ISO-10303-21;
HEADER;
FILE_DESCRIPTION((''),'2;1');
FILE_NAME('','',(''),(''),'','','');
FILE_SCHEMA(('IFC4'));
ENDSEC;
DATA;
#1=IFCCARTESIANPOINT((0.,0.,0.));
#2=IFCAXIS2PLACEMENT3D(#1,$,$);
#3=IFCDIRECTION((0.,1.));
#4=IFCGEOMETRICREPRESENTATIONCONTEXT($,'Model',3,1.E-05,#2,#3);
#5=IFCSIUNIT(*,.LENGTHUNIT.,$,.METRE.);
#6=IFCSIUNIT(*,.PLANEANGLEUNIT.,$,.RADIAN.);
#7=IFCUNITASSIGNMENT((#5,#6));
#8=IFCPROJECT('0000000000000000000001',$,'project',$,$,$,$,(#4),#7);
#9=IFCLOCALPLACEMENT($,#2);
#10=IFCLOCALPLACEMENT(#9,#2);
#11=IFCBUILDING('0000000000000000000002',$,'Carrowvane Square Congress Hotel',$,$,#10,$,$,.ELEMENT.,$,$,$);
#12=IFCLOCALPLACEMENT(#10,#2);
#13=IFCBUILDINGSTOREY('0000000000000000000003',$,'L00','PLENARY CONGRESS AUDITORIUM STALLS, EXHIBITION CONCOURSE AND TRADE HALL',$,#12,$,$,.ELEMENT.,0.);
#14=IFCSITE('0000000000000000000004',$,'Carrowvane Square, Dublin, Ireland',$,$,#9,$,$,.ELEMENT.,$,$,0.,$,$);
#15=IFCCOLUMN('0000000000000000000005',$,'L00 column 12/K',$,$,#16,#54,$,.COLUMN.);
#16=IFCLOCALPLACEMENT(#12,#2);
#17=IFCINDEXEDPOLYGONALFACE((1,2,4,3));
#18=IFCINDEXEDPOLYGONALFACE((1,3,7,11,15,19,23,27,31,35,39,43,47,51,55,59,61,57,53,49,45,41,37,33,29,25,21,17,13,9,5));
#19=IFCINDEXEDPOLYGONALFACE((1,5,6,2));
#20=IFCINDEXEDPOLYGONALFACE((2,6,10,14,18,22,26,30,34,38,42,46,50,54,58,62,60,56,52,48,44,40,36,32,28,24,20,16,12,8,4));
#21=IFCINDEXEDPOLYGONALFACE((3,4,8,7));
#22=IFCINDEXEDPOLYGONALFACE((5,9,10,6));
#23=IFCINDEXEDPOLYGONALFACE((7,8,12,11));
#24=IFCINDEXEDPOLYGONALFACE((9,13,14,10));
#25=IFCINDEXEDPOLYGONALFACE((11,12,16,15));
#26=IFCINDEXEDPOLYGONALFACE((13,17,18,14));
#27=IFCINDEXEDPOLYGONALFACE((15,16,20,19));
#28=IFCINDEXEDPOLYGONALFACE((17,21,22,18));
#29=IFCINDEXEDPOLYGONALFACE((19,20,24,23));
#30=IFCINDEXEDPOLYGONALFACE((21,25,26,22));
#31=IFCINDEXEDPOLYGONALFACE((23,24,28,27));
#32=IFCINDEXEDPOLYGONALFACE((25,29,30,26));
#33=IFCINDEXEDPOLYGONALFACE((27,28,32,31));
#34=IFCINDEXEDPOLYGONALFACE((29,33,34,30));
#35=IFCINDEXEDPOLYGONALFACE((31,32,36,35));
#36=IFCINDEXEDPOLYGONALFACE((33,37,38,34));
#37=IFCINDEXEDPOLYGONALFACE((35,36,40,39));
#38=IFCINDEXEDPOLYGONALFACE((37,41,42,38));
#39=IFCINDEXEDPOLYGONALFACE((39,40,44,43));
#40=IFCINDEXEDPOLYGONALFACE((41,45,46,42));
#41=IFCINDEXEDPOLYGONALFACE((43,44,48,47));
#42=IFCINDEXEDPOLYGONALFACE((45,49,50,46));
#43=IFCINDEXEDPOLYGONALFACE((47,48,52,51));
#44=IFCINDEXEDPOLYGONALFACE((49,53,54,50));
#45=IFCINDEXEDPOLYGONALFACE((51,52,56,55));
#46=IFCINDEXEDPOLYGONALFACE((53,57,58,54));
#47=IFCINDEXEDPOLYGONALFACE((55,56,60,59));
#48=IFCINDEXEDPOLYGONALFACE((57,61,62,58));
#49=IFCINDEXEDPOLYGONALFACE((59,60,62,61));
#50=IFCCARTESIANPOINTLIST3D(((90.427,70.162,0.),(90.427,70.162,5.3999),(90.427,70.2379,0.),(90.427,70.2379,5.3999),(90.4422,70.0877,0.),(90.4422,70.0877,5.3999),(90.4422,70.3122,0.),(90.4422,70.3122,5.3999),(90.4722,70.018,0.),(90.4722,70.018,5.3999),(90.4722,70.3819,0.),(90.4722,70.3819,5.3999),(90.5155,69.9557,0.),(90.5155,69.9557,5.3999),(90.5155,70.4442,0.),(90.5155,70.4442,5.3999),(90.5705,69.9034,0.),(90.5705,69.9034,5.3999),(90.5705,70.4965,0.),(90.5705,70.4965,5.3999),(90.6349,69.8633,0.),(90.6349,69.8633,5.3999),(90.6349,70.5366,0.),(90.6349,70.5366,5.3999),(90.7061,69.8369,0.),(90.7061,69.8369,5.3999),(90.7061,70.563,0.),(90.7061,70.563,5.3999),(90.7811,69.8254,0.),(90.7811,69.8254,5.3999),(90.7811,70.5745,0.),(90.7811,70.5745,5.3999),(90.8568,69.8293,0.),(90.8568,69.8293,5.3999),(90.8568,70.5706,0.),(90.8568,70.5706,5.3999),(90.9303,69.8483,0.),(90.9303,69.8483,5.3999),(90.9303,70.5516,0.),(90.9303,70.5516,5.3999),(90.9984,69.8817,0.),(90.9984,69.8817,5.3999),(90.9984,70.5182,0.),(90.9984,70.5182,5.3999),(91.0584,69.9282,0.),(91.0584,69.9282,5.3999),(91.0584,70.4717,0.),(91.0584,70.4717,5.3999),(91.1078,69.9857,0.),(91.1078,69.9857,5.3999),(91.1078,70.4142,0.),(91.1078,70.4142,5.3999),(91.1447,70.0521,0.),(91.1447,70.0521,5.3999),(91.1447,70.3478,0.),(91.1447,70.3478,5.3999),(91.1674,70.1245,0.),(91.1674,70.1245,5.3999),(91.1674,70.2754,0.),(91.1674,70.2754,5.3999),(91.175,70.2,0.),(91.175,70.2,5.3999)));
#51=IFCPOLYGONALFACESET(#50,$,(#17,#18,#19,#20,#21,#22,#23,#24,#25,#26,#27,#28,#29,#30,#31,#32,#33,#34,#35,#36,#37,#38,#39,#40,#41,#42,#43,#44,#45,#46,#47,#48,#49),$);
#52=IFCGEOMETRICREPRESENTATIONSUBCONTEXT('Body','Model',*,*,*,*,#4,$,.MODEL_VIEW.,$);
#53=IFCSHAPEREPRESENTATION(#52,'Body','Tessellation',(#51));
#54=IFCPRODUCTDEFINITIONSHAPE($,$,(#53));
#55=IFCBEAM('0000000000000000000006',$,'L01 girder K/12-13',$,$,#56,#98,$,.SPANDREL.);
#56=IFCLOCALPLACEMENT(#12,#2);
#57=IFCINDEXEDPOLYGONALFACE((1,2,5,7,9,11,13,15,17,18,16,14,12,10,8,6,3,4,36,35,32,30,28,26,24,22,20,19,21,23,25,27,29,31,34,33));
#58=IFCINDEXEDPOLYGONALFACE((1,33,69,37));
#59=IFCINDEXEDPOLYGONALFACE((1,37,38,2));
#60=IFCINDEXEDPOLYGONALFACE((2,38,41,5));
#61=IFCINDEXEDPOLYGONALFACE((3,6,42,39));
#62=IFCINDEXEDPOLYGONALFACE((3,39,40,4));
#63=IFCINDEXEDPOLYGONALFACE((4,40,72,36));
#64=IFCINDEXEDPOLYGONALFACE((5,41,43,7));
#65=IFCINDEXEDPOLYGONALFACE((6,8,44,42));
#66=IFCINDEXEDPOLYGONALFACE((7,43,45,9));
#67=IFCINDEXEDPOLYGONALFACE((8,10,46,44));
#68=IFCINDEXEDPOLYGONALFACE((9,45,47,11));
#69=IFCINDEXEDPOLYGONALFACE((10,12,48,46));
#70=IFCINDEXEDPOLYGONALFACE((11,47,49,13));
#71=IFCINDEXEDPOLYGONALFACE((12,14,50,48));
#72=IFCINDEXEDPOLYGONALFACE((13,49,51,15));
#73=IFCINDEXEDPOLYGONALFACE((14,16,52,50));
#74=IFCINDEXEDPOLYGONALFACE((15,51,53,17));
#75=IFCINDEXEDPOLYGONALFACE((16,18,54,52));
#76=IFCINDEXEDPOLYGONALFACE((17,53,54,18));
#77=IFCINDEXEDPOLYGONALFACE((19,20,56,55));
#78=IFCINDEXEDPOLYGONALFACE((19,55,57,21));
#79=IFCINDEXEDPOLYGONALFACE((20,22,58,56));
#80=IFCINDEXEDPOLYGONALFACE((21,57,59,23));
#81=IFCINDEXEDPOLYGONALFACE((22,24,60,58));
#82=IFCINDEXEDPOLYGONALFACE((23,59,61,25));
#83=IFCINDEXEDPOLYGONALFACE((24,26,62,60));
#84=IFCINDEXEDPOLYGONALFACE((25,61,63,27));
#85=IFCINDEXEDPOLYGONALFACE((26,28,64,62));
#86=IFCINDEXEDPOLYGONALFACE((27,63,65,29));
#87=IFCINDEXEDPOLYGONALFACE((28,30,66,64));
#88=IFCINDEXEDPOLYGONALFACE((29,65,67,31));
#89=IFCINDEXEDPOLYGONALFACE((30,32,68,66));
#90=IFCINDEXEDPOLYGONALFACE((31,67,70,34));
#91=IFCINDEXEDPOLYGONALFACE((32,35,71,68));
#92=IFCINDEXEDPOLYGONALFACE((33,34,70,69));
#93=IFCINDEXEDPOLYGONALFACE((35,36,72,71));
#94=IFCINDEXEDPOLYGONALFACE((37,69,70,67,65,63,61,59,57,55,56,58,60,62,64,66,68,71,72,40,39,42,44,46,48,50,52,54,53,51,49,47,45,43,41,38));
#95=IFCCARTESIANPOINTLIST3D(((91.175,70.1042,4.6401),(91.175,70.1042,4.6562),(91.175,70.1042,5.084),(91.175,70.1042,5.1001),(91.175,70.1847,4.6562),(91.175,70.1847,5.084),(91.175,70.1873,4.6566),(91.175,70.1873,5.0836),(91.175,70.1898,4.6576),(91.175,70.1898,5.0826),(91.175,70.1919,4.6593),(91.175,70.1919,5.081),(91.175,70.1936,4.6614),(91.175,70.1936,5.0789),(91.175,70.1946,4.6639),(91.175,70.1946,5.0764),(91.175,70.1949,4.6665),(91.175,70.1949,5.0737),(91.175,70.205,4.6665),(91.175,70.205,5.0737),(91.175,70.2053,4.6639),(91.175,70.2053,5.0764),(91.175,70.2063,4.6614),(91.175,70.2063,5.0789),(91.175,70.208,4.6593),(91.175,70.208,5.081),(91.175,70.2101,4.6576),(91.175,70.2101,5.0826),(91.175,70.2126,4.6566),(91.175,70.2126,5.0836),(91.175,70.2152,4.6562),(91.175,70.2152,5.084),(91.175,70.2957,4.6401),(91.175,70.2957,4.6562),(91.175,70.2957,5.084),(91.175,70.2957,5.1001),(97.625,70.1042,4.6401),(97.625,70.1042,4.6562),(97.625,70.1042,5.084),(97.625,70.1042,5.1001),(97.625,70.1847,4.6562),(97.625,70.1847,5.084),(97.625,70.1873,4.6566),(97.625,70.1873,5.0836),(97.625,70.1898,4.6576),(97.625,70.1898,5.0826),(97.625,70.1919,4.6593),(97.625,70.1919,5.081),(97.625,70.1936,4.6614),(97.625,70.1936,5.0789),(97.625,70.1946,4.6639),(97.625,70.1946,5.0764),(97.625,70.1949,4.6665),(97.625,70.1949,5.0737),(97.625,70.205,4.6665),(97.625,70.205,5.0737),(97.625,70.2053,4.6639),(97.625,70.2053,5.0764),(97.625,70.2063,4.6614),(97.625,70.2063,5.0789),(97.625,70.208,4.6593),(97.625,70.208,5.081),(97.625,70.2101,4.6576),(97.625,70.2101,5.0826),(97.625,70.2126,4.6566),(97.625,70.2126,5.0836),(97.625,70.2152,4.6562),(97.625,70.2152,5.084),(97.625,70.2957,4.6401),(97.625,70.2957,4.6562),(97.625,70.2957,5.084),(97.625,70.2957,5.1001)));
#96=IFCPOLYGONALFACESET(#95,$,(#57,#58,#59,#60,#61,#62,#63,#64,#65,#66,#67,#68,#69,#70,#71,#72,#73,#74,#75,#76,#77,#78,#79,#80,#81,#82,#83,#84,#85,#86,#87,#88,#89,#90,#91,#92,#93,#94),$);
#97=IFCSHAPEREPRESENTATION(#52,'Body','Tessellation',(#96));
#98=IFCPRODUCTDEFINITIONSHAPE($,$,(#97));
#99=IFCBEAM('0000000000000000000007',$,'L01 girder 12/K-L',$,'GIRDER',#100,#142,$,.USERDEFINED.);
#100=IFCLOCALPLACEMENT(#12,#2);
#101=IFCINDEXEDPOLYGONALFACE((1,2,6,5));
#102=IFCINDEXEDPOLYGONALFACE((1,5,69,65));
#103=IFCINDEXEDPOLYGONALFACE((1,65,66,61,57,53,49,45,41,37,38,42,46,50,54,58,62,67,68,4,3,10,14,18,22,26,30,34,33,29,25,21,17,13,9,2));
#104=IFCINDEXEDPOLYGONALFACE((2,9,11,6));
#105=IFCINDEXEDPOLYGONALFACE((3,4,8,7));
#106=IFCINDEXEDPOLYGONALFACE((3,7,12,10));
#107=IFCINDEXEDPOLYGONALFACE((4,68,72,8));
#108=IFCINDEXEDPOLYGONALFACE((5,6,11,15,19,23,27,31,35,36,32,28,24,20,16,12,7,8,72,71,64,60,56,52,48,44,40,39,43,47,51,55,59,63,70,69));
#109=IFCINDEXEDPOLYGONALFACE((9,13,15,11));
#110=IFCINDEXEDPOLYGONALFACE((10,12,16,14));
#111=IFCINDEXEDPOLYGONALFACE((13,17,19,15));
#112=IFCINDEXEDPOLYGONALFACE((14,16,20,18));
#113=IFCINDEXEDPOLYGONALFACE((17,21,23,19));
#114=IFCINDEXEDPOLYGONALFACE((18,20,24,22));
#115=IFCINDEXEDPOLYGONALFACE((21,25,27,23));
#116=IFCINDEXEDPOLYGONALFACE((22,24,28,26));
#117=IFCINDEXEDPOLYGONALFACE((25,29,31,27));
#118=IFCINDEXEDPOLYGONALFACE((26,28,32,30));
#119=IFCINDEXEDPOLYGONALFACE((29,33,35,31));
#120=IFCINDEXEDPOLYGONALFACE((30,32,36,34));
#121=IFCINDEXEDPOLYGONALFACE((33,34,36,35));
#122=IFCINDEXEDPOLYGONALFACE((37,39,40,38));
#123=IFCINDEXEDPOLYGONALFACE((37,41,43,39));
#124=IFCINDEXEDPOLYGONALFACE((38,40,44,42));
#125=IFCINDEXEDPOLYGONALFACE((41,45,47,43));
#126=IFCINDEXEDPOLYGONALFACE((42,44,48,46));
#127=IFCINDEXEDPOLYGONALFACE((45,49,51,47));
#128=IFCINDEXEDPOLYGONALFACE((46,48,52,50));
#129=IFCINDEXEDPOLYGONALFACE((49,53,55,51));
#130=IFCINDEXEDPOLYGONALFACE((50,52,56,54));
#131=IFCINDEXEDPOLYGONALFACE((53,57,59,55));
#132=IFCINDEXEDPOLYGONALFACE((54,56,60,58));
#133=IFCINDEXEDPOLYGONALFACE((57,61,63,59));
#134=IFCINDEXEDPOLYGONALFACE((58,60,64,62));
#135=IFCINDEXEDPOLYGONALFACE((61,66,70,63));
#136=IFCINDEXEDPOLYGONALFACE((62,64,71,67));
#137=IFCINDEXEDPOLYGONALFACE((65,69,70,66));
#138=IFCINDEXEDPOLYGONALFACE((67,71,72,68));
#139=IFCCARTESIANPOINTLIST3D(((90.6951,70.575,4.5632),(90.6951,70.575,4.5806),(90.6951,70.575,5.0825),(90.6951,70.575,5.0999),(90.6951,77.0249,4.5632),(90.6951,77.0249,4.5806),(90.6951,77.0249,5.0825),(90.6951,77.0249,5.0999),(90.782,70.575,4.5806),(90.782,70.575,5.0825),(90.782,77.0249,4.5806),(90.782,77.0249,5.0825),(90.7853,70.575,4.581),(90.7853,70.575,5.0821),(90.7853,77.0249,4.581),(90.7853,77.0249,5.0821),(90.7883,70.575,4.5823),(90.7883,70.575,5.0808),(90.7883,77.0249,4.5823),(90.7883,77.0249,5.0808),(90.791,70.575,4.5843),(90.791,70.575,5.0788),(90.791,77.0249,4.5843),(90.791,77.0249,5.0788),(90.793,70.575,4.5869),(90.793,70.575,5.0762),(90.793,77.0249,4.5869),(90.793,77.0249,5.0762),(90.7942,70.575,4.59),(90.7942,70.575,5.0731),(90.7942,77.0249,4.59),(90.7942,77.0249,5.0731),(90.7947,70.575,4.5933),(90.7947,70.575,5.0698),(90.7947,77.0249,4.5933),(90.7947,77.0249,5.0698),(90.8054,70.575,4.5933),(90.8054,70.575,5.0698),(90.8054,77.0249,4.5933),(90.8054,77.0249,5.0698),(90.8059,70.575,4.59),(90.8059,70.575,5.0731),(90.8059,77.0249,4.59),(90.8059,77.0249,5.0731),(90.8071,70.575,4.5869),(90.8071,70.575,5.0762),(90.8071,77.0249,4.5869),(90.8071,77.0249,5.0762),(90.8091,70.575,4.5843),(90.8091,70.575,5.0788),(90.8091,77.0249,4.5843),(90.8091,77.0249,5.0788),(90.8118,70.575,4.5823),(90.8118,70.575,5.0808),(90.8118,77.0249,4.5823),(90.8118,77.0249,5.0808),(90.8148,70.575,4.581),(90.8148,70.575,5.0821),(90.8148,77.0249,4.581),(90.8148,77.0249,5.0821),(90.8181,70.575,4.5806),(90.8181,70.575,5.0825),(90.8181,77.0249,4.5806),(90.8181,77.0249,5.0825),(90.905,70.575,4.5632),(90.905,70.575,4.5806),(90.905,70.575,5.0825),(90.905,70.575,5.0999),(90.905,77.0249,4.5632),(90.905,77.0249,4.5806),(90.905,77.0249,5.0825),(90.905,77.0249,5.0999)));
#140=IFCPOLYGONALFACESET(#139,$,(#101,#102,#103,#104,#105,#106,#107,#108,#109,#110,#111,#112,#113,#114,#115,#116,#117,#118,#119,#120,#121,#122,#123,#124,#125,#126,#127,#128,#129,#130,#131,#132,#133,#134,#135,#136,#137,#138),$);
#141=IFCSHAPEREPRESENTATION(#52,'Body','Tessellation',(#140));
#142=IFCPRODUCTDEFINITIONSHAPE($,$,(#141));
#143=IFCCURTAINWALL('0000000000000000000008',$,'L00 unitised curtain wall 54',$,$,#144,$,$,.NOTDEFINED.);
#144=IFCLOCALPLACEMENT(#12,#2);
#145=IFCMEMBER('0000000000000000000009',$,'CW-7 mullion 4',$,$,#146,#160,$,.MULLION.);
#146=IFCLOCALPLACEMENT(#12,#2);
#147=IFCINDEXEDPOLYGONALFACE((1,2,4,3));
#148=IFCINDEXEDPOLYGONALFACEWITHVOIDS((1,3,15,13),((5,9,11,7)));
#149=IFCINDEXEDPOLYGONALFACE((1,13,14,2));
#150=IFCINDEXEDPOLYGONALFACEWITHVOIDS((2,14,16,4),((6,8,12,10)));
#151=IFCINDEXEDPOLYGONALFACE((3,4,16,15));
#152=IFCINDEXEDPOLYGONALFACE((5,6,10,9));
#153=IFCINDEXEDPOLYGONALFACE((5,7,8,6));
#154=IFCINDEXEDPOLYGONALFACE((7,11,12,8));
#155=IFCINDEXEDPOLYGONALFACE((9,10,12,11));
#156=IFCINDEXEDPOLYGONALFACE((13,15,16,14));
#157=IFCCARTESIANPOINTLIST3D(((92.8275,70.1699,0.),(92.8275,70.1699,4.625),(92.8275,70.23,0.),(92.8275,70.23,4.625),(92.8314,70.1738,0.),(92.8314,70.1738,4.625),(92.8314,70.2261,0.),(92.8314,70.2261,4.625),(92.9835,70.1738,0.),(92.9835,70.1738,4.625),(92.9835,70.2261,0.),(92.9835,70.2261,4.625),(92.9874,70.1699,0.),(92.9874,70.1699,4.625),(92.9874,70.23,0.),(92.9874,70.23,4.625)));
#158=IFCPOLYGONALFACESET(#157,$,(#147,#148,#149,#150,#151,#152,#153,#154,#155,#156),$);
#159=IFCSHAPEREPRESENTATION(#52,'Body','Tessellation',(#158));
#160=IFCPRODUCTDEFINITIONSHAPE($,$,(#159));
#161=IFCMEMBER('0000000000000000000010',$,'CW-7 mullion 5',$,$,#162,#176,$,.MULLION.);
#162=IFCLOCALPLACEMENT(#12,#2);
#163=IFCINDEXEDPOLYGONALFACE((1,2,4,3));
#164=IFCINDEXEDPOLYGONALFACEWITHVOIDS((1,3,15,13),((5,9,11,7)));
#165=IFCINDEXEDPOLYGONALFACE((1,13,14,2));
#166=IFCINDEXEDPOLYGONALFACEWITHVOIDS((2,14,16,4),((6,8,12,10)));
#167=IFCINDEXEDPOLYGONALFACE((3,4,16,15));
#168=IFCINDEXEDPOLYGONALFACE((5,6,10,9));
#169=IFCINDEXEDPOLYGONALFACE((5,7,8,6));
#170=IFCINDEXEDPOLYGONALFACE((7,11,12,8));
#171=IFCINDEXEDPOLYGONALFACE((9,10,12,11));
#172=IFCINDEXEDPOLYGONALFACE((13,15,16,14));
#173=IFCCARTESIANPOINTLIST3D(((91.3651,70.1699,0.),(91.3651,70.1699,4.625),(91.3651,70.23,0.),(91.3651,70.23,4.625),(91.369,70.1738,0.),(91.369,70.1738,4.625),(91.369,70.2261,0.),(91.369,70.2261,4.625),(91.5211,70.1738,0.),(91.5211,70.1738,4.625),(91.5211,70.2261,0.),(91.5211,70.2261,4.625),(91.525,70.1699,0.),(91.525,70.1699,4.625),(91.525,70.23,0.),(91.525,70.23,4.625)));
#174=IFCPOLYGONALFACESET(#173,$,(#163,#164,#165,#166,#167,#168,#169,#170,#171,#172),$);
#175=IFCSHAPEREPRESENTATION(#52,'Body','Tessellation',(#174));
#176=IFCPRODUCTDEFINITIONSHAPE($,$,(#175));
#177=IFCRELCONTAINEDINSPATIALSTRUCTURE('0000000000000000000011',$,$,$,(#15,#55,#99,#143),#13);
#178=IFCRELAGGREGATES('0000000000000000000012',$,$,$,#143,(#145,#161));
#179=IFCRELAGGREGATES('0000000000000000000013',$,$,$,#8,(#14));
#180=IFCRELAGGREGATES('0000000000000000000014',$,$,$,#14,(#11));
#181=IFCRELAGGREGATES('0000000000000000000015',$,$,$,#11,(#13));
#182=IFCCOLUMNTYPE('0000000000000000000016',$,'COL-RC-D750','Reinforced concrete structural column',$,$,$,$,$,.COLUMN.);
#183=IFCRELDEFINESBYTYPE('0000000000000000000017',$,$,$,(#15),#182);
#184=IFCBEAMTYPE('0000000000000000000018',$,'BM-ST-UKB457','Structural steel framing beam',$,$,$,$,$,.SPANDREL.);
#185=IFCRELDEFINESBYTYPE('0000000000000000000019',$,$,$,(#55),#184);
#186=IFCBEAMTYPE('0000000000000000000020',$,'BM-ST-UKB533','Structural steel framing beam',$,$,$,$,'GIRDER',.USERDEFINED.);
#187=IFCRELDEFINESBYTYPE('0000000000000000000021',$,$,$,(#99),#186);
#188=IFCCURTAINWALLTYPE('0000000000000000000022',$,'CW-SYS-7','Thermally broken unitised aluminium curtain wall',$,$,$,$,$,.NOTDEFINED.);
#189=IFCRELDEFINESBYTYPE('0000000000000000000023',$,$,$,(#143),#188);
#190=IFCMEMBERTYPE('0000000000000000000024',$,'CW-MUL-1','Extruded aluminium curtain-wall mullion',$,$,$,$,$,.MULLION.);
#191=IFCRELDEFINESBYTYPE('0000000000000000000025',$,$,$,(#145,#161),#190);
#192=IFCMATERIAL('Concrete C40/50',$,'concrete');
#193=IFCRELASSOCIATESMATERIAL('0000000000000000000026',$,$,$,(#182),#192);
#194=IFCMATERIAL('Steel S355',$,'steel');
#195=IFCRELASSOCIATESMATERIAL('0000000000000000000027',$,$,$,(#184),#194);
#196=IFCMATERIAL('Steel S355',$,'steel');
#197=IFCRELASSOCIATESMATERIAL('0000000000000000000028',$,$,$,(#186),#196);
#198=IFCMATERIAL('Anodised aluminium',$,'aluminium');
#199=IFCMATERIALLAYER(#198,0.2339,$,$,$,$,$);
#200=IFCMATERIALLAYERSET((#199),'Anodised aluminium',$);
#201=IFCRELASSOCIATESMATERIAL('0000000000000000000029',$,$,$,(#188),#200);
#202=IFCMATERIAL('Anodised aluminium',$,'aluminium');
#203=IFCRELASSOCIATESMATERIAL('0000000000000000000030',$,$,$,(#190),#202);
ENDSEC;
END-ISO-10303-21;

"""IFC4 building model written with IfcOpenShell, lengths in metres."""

from ifc_helpers import new_model, si_unit, direction, frame, origin, origin_2d, place, context, subcontext, project, spatial, hollow_rectangle, circle, i_section, extrude, material, layer, layer_set, material_profile, profile_set, type_object, element, aggregate, save


model = new_model("IFC4")

# Units and contexts
model_context = context("Model", 3, precision=1e-05, world=origin(), true_north=direction((0.0, 1.0)))
body_context = subcontext(model_context, "Body", "Model", "MODEL_VIEW")
ifc_project = project(units=[si_unit("LENGTHUNIT", "METRE"), si_unit("PLANEANGLEUNIT", "RADIAN")], contexts=[model_context])

# Site, building, storey
site_placement = place(None, origin())
site = spatial("IfcSite", under=ifc_project, at=site_placement, Name="Carrowvane Square, Dublin, Ireland", CompositionType="ELEMENT", RefElevation=0.0)
building_placement = place(site_placement, origin())
building = spatial("IfcBuilding", under=site, at=building_placement, Name="Carrowvane Square Congress Hotel", CompositionType="ELEMENT")
storey_placement = place(building_placement, origin())
storey = spatial("IfcBuildingStorey", under=building, at=storey_placement, Name="L00", Description="PLENARY CONGRESS AUDITORIUM STALLS, EXHIBITION CONCOURSE AND TRADE HALL", CompositionType="ELEMENT", Elevation=0.0)

# Column
ifc_material_1 = material(Name="Concrete C40/50", Category="concrete")
ifc_material_profile_1 = material_profile(ifc_material_1, circle(Radius=0.375, at=origin_2d()), Name="RC D750")
ifc_profile_set_1 = profile_set([ifc_material_profile_1], Name="Concrete C40/50")
column_type = type_object("IfcColumnType", Name="COL-RC-D750", Description="Reinforced concrete structural column", PredefinedType="COLUMN", material=ifc_profile_set_1)
column_placement = place(storey_placement, frame((90.8, 70.2, 0.0), z_axis=(0.0, 0.0, 1.0), x_axis=(1.0, 0.0, 0.0)))
element("IfcColumn", 1, at=column_placement, inside=storey, type_object=column_type, Name="L00 column 12/K", PredefinedType="COLUMN", context=body_context, shape_type="SweptSolid", body=[
    extrude(circle(Radius=0.375, at=origin_2d()), origin(), (0.0, 0.0, 1.0), 5.3999),
])

# Beams
ifc_material_2 = material(Name="Steel S355", Category="steel")
ifc_material_profile_2 = material_profile(ifc_material_2, i_section(OverallWidth=0.1914, OverallDepth=0.46, WebThickness=0.01, FlangeThickness=0.0161, FilletRadius=0.0103, at=origin_2d()), Name="UKB 457x191x82")
ifc_profile_set_2 = profile_set([ifc_material_profile_2], Name="Steel S355")
beam_type_1 = type_object("IfcBeamType", Name="BM-ST-UKB457", Description="Structural steel framing beam", PredefinedType="SPANDREL", material=ifc_profile_set_2)
beam_1_placement = place(storey_placement, frame((91.175, 70.2, 4.8701), z_axis=(1.0, 0.0, 0.0), x_axis=(0.0, 1.0, 0.0)))
element("IfcBeam", 2, at=beam_1_placement, inside=storey, type_object=beam_type_1, Name="L01 girder K/12-13", PredefinedType="SPANDREL", context=body_context, shape_type="SweptSolid", body=[
    extrude(i_section(OverallWidth=0.1914, OverallDepth=0.46, WebThickness=0.01, FlangeThickness=0.0161, FilletRadius=0.0103, at=origin_2d()), origin(), (0.0, 0.0, 1.0), 6.45),
])
ifc_material_3 = material(Name="Steel S355", Category="steel")
ifc_material_profile_3 = material_profile(ifc_material_3, i_section(OverallWidth=0.21, OverallDepth=0.5366, WebThickness=0.0107, FlangeThickness=0.0173, FilletRadius=0.0127, at=origin_2d()), Name="UKB 533x210x101")
ifc_profile_set_3 = profile_set([ifc_material_profile_3], Name="Steel S355")
beam_type_2 = type_object("IfcBeamType", Name="BM-ST-UKB533", Description="Structural steel framing beam", ElementType="GIRDER", PredefinedType="USERDEFINED", material=ifc_profile_set_3)
beam_2_placement = place(storey_placement, frame((90.8, 70.575, 4.8315), z_axis=(0.0, 1.0, 0.0), x_axis=(-1.0, 0.0, 0.0)))
element("IfcBeam", 3, at=beam_2_placement, inside=storey, type_object=beam_type_2, Name="L01 girder 12/K-L", ObjectType="GIRDER", PredefinedType="USERDEFINED", context=body_context, shape_type="SweptSolid", body=[
    extrude(i_section(OverallWidth=0.21, OverallDepth=0.5366, WebThickness=0.0107, FlangeThickness=0.0173, FilletRadius=0.0127, at=origin_2d()), origin(), (0.0, 0.0, 1.0), 6.45),
])

# Curtain wall, members
ifc_material_4 = material(Name="Anodised aluminium", Category="aluminium")
ifc_layer_1 = layer(ifc_material_4, 0.2339)
ifc_layer_set_1 = layer_set([ifc_layer_1], Name="Anodised aluminium")
curtain_wall_type_1 = type_object("IfcCurtainWallType", Name="CW-SYS-7", Description="Thermally broken unitised aluminium curtain wall", PredefinedType="NOTDEFINED", material=ifc_layer_set_1)
curtain_wall_1_placement = place(storey_placement, origin())
curtain_wall_1 = element("IfcCurtainWall", 4, at=curtain_wall_1_placement, inside=storey, type_object=curtain_wall_type_1, Name="L00 unitised curtain wall 54", PredefinedType="NOTDEFINED")
ifc_material_5 = material(Name="Anodised aluminium", Category="aluminium")
ifc_material_profile_4 = material_profile(ifc_material_5, hollow_rectangle(XDim=0.0601, YDim=0.1599, WallThickness=0.0039, at=origin_2d()), Name="CW-ML 60x160x4")
ifc_profile_set_4 = profile_set([ifc_material_profile_4], Name="Anodised aluminium")
member_type_1 = type_object("IfcMemberType", Name="CW-MUL-1", Description="Extruded aluminium curtain-wall mullion", PredefinedType="MULLION", material=ifc_profile_set_4)
member_1_placement = place(storey_placement, frame((92.9075, 70.2, 0.0), z_axis=(0.0, 0.0, 1.0), x_axis=(0.0, -1.0, 0.0)))
member_1 = element("IfcMember", 5, at=member_1_placement, type_object=member_type_1, Name="CW-7 mullion 4", PredefinedType="MULLION", context=body_context, shape_type="SweptSolid", body=[
    extrude(hollow_rectangle(XDim=0.0601, YDim=0.1599, WallThickness=0.0039, at=origin_2d()), origin(), (0.0, 0.0, 1.0), 4.625),
])
member_2_placement = place(storey_placement, frame((91.4451, 70.2, 0.0), z_axis=(0.0, 0.0, 1.0), x_axis=(0.0, -1.0, 0.0)))
member_2 = element("IfcMember", 6, at=member_2_placement, type_object=member_type_1, Name="CW-7 mullion 5", PredefinedType="MULLION", context=body_context, shape_type="SweptSolid", body=[
    extrude(hollow_rectangle(XDim=0.0601, YDim=0.1599, WallThickness=0.0039, at=origin_2d()), origin(), (0.0, 0.0, 1.0), 4.625),
])

aggregate(curtain_wall_1, [member_1, member_2])

save(model, "model.ifc")
